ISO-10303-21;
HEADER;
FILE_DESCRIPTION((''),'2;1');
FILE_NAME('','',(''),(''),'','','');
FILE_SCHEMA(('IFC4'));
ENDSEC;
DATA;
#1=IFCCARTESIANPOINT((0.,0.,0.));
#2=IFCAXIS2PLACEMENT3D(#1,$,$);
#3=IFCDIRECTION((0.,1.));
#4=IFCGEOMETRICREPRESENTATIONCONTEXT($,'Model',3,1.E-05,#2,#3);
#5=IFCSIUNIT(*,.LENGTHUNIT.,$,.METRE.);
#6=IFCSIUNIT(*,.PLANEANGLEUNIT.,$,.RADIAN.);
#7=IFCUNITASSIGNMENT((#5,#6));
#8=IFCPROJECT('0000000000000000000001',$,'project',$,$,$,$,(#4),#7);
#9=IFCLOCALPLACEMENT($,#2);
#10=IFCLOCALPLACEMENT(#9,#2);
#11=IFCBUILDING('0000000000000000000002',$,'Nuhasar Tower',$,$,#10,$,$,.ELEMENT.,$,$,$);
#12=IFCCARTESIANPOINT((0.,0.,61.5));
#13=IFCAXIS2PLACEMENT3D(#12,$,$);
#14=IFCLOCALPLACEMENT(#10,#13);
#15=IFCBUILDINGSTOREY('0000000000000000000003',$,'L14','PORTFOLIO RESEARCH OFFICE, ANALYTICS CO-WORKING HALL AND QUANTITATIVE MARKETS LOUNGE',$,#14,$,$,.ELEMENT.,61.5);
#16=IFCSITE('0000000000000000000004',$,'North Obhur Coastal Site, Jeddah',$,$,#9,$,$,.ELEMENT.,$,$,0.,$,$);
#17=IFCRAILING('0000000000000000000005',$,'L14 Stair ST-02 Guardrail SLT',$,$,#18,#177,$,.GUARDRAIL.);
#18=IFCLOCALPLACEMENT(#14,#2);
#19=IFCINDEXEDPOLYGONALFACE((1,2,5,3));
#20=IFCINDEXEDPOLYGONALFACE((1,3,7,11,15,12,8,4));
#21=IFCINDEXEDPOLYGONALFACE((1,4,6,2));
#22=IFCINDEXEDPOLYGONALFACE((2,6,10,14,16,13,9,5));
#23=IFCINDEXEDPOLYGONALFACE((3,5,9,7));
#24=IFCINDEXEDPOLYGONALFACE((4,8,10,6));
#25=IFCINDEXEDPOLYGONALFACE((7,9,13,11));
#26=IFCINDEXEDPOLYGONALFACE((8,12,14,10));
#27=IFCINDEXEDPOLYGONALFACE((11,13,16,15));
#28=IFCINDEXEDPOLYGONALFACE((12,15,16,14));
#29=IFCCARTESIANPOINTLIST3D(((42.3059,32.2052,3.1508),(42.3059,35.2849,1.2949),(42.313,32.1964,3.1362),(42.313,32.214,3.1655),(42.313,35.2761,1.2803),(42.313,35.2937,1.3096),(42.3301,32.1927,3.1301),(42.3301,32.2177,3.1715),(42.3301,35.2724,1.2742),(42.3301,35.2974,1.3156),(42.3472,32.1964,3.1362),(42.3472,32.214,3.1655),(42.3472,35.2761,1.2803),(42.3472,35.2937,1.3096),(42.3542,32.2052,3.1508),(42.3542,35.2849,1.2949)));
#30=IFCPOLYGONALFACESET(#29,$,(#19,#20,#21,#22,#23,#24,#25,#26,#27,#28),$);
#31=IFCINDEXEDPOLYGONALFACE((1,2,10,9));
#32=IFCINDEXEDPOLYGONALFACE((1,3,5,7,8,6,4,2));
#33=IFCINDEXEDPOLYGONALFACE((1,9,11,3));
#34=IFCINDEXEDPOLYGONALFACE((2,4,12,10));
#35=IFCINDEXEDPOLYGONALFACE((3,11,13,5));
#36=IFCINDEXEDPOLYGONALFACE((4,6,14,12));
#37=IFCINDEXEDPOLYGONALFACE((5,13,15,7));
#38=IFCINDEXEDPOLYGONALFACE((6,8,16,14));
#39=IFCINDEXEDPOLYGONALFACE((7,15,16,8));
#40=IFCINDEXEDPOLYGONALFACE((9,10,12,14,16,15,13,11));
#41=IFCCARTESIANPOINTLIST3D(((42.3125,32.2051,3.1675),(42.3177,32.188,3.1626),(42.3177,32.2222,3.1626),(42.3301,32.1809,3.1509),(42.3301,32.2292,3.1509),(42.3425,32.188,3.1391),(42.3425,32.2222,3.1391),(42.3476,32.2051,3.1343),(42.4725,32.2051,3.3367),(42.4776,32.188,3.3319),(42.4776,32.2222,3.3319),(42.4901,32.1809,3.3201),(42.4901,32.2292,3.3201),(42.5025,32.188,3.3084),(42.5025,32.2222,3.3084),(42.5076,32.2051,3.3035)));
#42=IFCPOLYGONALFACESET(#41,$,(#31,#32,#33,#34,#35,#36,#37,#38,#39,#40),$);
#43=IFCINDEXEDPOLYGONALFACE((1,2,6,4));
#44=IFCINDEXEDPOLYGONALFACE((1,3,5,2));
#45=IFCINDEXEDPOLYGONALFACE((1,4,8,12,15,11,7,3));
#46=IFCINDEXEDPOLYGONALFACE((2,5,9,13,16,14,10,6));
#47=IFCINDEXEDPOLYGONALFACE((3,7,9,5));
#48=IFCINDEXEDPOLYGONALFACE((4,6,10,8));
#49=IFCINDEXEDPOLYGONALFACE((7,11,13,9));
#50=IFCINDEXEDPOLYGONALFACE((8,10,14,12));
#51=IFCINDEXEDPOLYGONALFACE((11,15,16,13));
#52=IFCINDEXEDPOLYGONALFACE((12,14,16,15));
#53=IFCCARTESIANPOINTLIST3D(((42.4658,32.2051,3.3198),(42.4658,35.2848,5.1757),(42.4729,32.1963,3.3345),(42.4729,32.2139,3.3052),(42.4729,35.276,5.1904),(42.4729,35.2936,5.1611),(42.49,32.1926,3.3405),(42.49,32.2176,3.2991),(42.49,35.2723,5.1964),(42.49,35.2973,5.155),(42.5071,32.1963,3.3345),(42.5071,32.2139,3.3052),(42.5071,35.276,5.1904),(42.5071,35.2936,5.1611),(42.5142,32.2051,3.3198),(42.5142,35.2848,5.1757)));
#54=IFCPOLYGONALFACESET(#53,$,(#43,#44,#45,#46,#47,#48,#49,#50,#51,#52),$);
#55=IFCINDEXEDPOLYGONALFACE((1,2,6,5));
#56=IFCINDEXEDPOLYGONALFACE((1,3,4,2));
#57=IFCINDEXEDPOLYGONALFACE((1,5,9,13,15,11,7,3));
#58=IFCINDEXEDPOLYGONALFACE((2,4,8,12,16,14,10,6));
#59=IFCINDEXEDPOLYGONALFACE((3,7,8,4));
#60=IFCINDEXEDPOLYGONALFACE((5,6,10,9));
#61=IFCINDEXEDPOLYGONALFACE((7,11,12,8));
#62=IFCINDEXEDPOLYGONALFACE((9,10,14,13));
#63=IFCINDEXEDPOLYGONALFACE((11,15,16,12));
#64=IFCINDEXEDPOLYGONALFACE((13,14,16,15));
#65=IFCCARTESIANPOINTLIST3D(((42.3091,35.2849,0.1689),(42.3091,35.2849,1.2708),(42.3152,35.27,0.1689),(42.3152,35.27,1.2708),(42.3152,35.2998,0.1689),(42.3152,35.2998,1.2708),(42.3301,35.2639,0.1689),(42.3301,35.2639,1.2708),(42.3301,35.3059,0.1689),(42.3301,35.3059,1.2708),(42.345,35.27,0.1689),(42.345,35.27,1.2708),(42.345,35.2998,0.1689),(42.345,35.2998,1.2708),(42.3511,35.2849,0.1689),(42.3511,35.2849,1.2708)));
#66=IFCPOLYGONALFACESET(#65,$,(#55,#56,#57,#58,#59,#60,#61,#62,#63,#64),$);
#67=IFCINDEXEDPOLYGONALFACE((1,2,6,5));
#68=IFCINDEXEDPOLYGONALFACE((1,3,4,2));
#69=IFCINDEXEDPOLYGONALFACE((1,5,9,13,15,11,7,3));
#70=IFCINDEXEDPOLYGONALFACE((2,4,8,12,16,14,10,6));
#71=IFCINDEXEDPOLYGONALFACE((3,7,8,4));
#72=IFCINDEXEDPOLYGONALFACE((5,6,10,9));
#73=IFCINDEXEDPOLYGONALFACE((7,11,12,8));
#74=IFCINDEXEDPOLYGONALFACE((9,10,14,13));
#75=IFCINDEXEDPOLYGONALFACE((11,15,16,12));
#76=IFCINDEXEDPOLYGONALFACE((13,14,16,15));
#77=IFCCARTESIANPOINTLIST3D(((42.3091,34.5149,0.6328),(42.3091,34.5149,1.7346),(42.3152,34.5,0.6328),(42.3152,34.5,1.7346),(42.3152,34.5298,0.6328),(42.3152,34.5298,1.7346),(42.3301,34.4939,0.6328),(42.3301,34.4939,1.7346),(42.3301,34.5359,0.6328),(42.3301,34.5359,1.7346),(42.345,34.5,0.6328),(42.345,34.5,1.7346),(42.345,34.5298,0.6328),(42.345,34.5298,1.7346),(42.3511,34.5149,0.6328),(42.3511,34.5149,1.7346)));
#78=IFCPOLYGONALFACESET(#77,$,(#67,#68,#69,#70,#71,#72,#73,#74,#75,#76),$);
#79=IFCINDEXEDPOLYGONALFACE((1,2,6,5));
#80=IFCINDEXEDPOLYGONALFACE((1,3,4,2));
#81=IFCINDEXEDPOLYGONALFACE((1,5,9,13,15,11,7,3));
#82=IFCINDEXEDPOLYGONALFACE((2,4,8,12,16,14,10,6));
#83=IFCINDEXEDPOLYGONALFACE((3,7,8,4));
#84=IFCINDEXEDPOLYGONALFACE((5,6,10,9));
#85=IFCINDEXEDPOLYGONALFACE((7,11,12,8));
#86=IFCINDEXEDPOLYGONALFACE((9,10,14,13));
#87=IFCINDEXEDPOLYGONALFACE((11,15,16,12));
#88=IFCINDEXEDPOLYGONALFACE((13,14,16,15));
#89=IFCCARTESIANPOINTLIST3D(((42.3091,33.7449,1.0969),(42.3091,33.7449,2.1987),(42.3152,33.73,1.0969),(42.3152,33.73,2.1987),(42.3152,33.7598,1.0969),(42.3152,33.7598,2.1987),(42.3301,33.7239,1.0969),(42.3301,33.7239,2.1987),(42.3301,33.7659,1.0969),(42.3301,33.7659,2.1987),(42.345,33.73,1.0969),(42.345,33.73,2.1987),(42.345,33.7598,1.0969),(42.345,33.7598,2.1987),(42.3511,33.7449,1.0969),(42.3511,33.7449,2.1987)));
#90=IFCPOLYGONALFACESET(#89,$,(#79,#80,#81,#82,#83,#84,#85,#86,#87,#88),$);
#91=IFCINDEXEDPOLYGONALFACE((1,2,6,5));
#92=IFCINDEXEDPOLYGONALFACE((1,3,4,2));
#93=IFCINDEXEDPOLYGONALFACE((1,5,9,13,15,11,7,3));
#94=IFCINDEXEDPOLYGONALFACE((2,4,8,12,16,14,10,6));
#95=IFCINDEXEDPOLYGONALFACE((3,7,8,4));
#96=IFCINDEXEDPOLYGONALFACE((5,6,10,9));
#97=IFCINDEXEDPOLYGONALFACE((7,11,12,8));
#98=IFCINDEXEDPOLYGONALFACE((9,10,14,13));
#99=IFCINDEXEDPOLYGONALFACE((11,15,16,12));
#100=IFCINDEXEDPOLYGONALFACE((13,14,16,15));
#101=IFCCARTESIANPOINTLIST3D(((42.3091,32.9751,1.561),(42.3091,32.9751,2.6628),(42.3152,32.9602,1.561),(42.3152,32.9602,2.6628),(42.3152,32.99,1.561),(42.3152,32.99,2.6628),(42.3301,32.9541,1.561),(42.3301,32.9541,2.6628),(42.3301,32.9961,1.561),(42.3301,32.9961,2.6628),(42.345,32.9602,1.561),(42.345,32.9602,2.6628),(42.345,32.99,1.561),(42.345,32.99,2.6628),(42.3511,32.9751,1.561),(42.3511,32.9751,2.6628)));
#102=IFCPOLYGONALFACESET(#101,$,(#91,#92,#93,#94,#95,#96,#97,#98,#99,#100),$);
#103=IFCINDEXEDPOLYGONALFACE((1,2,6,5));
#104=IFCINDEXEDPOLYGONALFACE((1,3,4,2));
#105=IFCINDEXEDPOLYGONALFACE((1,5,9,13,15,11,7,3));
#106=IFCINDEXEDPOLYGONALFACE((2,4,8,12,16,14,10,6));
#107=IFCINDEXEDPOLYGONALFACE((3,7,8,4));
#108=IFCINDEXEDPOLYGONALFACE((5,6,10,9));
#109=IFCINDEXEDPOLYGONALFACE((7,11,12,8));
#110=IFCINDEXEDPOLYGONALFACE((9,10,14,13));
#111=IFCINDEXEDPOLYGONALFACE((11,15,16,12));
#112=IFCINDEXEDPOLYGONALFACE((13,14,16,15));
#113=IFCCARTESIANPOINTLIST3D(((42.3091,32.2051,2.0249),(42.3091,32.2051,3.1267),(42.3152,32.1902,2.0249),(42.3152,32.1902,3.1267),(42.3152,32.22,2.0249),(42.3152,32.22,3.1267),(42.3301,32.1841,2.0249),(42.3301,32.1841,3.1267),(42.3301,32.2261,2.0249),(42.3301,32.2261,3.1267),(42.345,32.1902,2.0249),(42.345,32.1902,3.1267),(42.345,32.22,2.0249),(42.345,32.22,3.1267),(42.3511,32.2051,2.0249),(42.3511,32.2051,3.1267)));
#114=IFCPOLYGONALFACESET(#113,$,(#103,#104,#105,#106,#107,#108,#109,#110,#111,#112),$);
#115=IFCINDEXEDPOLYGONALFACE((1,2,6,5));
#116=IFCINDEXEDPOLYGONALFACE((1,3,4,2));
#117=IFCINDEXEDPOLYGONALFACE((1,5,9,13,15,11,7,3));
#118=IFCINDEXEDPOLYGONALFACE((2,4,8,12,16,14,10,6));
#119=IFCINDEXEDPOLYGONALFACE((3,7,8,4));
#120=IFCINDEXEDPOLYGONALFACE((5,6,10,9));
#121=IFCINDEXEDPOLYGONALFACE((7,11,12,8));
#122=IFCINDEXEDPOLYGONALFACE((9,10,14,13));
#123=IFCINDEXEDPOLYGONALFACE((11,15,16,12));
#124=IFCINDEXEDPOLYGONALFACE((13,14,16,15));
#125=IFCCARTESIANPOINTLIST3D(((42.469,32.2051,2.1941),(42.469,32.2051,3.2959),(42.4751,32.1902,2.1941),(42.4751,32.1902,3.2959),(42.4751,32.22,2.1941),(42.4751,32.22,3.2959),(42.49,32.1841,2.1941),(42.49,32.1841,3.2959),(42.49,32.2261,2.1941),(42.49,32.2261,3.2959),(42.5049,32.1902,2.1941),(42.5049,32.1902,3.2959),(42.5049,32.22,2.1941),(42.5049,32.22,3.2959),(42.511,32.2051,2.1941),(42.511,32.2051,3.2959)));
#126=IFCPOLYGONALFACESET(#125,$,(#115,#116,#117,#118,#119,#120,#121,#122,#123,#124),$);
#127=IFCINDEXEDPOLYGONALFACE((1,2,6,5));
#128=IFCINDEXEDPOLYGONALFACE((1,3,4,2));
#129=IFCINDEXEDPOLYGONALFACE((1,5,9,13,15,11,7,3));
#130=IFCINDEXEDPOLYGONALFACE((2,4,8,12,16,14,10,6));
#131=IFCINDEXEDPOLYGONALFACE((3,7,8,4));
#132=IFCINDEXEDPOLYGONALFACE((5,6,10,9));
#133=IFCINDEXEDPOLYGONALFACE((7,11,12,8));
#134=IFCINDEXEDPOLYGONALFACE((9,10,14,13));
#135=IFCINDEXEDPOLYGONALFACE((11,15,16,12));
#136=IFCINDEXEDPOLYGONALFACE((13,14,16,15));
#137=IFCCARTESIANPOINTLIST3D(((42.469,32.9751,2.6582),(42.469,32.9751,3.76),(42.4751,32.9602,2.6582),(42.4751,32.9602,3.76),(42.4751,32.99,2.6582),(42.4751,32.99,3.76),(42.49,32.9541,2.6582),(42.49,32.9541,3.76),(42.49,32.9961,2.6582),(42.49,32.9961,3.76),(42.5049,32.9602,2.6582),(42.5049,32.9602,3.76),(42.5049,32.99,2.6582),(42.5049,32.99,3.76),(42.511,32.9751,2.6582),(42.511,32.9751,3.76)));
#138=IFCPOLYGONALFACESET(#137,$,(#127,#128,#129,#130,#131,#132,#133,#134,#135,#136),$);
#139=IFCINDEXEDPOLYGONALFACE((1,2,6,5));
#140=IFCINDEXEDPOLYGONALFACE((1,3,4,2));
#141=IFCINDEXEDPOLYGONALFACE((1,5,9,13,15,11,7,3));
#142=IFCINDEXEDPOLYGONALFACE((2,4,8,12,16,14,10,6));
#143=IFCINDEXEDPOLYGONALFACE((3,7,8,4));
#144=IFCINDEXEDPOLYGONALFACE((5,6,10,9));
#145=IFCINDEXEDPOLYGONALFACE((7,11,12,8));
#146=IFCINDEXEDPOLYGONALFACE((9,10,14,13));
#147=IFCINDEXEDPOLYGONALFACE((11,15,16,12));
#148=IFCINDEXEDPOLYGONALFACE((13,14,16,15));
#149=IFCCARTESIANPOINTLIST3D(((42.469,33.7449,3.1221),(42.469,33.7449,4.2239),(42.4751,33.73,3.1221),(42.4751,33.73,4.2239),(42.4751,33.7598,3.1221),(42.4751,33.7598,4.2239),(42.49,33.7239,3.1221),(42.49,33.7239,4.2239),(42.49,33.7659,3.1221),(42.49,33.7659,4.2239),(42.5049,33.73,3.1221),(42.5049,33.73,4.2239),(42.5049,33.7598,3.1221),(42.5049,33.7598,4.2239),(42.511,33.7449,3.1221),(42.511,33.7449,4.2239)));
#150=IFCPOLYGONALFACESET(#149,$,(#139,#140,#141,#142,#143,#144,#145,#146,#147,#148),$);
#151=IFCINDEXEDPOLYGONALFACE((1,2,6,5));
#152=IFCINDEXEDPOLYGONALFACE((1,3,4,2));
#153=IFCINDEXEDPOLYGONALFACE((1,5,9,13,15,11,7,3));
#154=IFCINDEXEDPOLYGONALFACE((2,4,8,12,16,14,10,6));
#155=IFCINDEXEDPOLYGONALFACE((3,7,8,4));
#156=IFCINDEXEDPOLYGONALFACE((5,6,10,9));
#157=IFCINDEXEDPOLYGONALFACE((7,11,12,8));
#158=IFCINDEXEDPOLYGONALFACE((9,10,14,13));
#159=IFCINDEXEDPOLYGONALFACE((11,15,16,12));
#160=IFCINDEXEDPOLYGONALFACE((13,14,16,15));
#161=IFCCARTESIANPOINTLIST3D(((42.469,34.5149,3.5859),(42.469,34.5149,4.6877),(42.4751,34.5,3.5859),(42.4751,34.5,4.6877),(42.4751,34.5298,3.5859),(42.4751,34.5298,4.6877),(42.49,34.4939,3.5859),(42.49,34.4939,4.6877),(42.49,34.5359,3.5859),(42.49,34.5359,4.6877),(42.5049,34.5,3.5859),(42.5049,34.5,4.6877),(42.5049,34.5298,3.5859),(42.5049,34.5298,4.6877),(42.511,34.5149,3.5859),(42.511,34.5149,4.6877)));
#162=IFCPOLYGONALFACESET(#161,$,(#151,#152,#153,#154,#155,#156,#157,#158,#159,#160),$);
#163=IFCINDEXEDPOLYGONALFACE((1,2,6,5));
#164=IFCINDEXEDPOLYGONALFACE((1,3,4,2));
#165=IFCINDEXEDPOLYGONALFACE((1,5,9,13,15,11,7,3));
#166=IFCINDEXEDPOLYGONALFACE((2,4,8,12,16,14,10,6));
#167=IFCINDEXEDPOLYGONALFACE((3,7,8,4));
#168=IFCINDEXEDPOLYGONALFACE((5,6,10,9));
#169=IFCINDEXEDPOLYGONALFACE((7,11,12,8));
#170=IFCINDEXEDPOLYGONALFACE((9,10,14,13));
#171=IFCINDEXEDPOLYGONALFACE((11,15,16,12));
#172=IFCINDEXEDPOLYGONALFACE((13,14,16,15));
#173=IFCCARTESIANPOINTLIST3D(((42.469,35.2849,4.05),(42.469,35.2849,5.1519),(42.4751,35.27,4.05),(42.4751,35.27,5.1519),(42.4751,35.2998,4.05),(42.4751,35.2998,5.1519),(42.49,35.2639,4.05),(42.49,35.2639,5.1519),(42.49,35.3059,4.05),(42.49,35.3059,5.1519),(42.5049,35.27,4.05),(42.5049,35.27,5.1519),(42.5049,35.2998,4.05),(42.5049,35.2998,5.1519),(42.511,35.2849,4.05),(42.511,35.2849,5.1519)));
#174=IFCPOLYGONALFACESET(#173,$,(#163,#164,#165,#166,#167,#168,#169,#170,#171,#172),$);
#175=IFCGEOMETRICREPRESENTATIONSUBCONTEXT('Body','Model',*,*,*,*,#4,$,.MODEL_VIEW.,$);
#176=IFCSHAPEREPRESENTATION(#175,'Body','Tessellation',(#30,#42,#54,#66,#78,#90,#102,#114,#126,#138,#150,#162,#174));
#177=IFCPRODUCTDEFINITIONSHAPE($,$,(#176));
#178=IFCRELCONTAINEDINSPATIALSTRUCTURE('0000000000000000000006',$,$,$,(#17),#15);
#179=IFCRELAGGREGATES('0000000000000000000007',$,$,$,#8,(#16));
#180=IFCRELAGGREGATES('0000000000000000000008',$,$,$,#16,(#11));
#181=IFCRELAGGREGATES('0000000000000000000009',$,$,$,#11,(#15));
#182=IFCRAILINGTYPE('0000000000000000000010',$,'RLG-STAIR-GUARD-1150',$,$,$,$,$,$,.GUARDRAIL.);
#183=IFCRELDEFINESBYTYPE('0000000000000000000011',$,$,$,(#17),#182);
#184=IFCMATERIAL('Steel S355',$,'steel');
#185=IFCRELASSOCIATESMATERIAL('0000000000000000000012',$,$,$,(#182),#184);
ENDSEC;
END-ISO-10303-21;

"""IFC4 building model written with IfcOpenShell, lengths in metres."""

from ifc_helpers import new_model, si_unit, direction, frame, origin, place, context, subcontext, project, spatial, polyline, outline, extrude, material, type_object, element, save


model = new_model("IFC4")

# Units and contexts
model_context = context("Model", 3, precision=1e-05, world=origin(), true_north=direction((0.0, 1.0)))
body_context = subcontext(model_context, "Body", "Model", "MODEL_VIEW")
ifc_project = project(units=[si_unit("LENGTHUNIT", "METRE"), si_unit("PLANEANGLEUNIT", "RADIAN")], contexts=[model_context])

# Site, building, storey
site_placement = place(None, origin())
site = spatial("IfcSite", under=ifc_project, at=site_placement, Name="North Obhur Coastal Site, Jeddah", CompositionType="ELEMENT", RefElevation=0.0)
building_placement = place(site_placement, origin())
building = spatial("IfcBuilding", under=site, at=building_placement, Name="Nuhasar Tower", CompositionType="ELEMENT")
storey_placement = place(building_placement, frame((0.0, 0.0, 61.5)))
storey = spatial("IfcBuildingStorey", under=building, at=storey_placement, Name="L14", Description="PORTFOLIO RESEARCH OFFICE, ANALYTICS CO-WORKING HALL AND QUANTITATIVE MARKETS LOUNGE", CompositionType="ELEMENT", Elevation=61.5)

# Shared definitions
ifc_material_1 = material(Name="Steel S355", Category="steel")

# Railing
railing_type_1 = type_object("IfcRailingType", Name="RLG-STAIR-GUARD-1150", PredefinedType="GUARDRAIL", material=ifc_material_1)
railing_1_placement = place(storey_placement, frame((42.3301, 35.2849, 0.1689)))
element("IfcRailing", 1, at=railing_1_placement, inside=storey, type_object=railing_type_1, Name="L14 Stair ST-02 Guardrail SLT", PredefinedType="GUARDRAIL", context=body_context, shape_type="SweptSolid", body=[
    extrude(outline(polyline([(0.0242, 0.0), (0.0171, 0.0171), (0.0, 0.0242), (-0.0171, 0.0171), (-0.0242, 0.0), (-0.0171, -0.0171), (0.0, -0.0242), (0.0171, -0.0171), (0.0242, 0.0)])), frame((0.0, 0.0, 1.126), z_axis=(0.0, -0.856503, 0.516142), x_axis=(1.0, 0.0, 0.0)), (0.0, 0.0, 1.0), 3.5957),
    extrude(outline(polyline([(0.0242, 0.0), (0.0171, 0.0171), (0.0, 0.0242), (-0.0171, 0.0171), (-0.0242, 0.0), (-0.0171, -0.0171), (0.0, -0.0242), (0.0171, -0.0171), (0.0242, 0.0)])), frame((0.0, -3.0798, 2.9819), z_axis=(0.686901, 0.0, 0.726751), x_axis=(0.0, 1.0, 0.0)), (0.0, 0.0, 1.0), 0.2329),
    extrude(outline(polyline([(0.0242, 0.0), (0.0171, 0.0171), (0.0, 0.0242), (-0.0171, 0.0171), (-0.0242, 0.0), (-0.0171, -0.0171), (0.0, -0.0242), (0.0171, -0.0171), (0.0242, 0.0)])), frame((0.1599, -3.0798, 3.1509), z_axis=(0.0, 0.856503, 0.516142), x_axis=(-1.0, 0.0, 0.0)), (0.0, 0.0, 1.0), 3.5957),
    extrude(outline(polyline([(0.021, 0.0), (0.0149, 0.0149), (0.0, 0.021), (-0.0149, 0.0149), (-0.021, 0.0), (-0.0149, -0.0149), (0.0, -0.021), (0.0149, -0.0149), (0.021, 0.0)])), origin(), (0.0, 0.0, 1.0), 1.1018),
    extrude(outline(polyline([(0.021, 0.0), (0.0149, 0.0149), (0.0, 0.021), (-0.0149, 0.0149), (-0.021, 0.0), (-0.0149, -0.0149), (0.0, -0.021), (0.0149, -0.0149), (0.021, 0.0)])), frame((0.0, -0.77, 0.4639)), (0.0, 0.0, 1.0), 1.1018),
    extrude(outline(polyline([(0.021, 0.0), (0.0149, 0.0149), (0.0, 0.021), (-0.0149, 0.0149), (-0.021, 0.0), (-0.0149, -0.0149), (0.0, -0.021), (0.0149, -0.0149), (0.021, 0.0)])), frame((0.0, -1.54, 0.928)), (0.0, 0.0, 1.0), 1.1018),
    extrude(outline(polyline([(0.021, 0.0), (0.0149, 0.0149), (0.0, 0.021), (-0.0149, 0.0149), (-0.021, 0.0), (-0.0149, -0.0149), (0.0, -0.021), (0.0149, -0.0149), (0.021, 0.0)])), frame((0.0, -2.3098, 1.3921)), (0.0, 0.0, 1.0), 1.1018),
    extrude(outline(polyline([(0.021, 0.0), (0.0149, 0.0149), (0.0, 0.021), (-0.0149, 0.0149), (-0.021, 0.0), (-0.0149, -0.0149), (0.0, -0.021), (0.0149, -0.0149), (0.021, 0.0)])), frame((0.0, -3.0798, 1.856)), (0.0, 0.0, 1.0), 1.1018),
    extrude(outline(polyline([(0.021, 0.0), (0.0149, 0.0149), (0.0, 0.021), (-0.0149, 0.0149), (-0.021, 0.0), (-0.0149, -0.0149), (0.0, -0.021), (0.0149, -0.0149), (0.021, 0.0)])), frame((0.1599, -3.0798, 2.0251)), (0.0, 0.0, 1.0), 1.1018),
    extrude(outline(polyline([(0.021, 0.0), (0.0149, 0.0149), (0.0, 0.021), (-0.0149, 0.0149), (-0.021, 0.0), (-0.0149, -0.0149), (0.0, -0.021), (0.0149, -0.0149), (0.021, 0.0)])), frame((0.1599, -2.3098, 2.4893)), (0.0, 0.0, 1.0), 1.1018),
    extrude(outline(polyline([(0.021, 0.0), (0.0149, 0.0149), (0.0, 0.021), (-0.0149, 0.0149), (-0.021, 0.0), (-0.0149, -0.0149), (0.0, -0.021), (0.0149, -0.0149), (0.021, 0.0)])), frame((0.1599, -1.54, 2.9531)), (0.0, 0.0, 1.0), 1.1018),
    extrude(outline(polyline([(0.021, 0.0), (0.0149, 0.0149), (0.0, 0.021), (-0.0149, 0.0149), (-0.021, 0.0), (-0.0149, -0.0149), (0.0, -0.021), (0.0149, -0.0149), (0.021, 0.0)])), frame((0.1599, -0.77, 3.417)), (0.0, 0.0, 1.0), 1.1018),
    extrude(outline(polyline([(0.021, 0.0), (0.0149, 0.0149), (0.0, 0.021), (-0.0149, 0.0149), (-0.021, 0.0), (-0.0149, -0.0149), (0.0, -0.021), (0.0149, -0.0149), (0.021, 0.0)])), frame((0.1599, 0.0, 3.8811)), (0.0, 0.0, 1.0), 1.1018),
])

save(model, "model.ifc")
